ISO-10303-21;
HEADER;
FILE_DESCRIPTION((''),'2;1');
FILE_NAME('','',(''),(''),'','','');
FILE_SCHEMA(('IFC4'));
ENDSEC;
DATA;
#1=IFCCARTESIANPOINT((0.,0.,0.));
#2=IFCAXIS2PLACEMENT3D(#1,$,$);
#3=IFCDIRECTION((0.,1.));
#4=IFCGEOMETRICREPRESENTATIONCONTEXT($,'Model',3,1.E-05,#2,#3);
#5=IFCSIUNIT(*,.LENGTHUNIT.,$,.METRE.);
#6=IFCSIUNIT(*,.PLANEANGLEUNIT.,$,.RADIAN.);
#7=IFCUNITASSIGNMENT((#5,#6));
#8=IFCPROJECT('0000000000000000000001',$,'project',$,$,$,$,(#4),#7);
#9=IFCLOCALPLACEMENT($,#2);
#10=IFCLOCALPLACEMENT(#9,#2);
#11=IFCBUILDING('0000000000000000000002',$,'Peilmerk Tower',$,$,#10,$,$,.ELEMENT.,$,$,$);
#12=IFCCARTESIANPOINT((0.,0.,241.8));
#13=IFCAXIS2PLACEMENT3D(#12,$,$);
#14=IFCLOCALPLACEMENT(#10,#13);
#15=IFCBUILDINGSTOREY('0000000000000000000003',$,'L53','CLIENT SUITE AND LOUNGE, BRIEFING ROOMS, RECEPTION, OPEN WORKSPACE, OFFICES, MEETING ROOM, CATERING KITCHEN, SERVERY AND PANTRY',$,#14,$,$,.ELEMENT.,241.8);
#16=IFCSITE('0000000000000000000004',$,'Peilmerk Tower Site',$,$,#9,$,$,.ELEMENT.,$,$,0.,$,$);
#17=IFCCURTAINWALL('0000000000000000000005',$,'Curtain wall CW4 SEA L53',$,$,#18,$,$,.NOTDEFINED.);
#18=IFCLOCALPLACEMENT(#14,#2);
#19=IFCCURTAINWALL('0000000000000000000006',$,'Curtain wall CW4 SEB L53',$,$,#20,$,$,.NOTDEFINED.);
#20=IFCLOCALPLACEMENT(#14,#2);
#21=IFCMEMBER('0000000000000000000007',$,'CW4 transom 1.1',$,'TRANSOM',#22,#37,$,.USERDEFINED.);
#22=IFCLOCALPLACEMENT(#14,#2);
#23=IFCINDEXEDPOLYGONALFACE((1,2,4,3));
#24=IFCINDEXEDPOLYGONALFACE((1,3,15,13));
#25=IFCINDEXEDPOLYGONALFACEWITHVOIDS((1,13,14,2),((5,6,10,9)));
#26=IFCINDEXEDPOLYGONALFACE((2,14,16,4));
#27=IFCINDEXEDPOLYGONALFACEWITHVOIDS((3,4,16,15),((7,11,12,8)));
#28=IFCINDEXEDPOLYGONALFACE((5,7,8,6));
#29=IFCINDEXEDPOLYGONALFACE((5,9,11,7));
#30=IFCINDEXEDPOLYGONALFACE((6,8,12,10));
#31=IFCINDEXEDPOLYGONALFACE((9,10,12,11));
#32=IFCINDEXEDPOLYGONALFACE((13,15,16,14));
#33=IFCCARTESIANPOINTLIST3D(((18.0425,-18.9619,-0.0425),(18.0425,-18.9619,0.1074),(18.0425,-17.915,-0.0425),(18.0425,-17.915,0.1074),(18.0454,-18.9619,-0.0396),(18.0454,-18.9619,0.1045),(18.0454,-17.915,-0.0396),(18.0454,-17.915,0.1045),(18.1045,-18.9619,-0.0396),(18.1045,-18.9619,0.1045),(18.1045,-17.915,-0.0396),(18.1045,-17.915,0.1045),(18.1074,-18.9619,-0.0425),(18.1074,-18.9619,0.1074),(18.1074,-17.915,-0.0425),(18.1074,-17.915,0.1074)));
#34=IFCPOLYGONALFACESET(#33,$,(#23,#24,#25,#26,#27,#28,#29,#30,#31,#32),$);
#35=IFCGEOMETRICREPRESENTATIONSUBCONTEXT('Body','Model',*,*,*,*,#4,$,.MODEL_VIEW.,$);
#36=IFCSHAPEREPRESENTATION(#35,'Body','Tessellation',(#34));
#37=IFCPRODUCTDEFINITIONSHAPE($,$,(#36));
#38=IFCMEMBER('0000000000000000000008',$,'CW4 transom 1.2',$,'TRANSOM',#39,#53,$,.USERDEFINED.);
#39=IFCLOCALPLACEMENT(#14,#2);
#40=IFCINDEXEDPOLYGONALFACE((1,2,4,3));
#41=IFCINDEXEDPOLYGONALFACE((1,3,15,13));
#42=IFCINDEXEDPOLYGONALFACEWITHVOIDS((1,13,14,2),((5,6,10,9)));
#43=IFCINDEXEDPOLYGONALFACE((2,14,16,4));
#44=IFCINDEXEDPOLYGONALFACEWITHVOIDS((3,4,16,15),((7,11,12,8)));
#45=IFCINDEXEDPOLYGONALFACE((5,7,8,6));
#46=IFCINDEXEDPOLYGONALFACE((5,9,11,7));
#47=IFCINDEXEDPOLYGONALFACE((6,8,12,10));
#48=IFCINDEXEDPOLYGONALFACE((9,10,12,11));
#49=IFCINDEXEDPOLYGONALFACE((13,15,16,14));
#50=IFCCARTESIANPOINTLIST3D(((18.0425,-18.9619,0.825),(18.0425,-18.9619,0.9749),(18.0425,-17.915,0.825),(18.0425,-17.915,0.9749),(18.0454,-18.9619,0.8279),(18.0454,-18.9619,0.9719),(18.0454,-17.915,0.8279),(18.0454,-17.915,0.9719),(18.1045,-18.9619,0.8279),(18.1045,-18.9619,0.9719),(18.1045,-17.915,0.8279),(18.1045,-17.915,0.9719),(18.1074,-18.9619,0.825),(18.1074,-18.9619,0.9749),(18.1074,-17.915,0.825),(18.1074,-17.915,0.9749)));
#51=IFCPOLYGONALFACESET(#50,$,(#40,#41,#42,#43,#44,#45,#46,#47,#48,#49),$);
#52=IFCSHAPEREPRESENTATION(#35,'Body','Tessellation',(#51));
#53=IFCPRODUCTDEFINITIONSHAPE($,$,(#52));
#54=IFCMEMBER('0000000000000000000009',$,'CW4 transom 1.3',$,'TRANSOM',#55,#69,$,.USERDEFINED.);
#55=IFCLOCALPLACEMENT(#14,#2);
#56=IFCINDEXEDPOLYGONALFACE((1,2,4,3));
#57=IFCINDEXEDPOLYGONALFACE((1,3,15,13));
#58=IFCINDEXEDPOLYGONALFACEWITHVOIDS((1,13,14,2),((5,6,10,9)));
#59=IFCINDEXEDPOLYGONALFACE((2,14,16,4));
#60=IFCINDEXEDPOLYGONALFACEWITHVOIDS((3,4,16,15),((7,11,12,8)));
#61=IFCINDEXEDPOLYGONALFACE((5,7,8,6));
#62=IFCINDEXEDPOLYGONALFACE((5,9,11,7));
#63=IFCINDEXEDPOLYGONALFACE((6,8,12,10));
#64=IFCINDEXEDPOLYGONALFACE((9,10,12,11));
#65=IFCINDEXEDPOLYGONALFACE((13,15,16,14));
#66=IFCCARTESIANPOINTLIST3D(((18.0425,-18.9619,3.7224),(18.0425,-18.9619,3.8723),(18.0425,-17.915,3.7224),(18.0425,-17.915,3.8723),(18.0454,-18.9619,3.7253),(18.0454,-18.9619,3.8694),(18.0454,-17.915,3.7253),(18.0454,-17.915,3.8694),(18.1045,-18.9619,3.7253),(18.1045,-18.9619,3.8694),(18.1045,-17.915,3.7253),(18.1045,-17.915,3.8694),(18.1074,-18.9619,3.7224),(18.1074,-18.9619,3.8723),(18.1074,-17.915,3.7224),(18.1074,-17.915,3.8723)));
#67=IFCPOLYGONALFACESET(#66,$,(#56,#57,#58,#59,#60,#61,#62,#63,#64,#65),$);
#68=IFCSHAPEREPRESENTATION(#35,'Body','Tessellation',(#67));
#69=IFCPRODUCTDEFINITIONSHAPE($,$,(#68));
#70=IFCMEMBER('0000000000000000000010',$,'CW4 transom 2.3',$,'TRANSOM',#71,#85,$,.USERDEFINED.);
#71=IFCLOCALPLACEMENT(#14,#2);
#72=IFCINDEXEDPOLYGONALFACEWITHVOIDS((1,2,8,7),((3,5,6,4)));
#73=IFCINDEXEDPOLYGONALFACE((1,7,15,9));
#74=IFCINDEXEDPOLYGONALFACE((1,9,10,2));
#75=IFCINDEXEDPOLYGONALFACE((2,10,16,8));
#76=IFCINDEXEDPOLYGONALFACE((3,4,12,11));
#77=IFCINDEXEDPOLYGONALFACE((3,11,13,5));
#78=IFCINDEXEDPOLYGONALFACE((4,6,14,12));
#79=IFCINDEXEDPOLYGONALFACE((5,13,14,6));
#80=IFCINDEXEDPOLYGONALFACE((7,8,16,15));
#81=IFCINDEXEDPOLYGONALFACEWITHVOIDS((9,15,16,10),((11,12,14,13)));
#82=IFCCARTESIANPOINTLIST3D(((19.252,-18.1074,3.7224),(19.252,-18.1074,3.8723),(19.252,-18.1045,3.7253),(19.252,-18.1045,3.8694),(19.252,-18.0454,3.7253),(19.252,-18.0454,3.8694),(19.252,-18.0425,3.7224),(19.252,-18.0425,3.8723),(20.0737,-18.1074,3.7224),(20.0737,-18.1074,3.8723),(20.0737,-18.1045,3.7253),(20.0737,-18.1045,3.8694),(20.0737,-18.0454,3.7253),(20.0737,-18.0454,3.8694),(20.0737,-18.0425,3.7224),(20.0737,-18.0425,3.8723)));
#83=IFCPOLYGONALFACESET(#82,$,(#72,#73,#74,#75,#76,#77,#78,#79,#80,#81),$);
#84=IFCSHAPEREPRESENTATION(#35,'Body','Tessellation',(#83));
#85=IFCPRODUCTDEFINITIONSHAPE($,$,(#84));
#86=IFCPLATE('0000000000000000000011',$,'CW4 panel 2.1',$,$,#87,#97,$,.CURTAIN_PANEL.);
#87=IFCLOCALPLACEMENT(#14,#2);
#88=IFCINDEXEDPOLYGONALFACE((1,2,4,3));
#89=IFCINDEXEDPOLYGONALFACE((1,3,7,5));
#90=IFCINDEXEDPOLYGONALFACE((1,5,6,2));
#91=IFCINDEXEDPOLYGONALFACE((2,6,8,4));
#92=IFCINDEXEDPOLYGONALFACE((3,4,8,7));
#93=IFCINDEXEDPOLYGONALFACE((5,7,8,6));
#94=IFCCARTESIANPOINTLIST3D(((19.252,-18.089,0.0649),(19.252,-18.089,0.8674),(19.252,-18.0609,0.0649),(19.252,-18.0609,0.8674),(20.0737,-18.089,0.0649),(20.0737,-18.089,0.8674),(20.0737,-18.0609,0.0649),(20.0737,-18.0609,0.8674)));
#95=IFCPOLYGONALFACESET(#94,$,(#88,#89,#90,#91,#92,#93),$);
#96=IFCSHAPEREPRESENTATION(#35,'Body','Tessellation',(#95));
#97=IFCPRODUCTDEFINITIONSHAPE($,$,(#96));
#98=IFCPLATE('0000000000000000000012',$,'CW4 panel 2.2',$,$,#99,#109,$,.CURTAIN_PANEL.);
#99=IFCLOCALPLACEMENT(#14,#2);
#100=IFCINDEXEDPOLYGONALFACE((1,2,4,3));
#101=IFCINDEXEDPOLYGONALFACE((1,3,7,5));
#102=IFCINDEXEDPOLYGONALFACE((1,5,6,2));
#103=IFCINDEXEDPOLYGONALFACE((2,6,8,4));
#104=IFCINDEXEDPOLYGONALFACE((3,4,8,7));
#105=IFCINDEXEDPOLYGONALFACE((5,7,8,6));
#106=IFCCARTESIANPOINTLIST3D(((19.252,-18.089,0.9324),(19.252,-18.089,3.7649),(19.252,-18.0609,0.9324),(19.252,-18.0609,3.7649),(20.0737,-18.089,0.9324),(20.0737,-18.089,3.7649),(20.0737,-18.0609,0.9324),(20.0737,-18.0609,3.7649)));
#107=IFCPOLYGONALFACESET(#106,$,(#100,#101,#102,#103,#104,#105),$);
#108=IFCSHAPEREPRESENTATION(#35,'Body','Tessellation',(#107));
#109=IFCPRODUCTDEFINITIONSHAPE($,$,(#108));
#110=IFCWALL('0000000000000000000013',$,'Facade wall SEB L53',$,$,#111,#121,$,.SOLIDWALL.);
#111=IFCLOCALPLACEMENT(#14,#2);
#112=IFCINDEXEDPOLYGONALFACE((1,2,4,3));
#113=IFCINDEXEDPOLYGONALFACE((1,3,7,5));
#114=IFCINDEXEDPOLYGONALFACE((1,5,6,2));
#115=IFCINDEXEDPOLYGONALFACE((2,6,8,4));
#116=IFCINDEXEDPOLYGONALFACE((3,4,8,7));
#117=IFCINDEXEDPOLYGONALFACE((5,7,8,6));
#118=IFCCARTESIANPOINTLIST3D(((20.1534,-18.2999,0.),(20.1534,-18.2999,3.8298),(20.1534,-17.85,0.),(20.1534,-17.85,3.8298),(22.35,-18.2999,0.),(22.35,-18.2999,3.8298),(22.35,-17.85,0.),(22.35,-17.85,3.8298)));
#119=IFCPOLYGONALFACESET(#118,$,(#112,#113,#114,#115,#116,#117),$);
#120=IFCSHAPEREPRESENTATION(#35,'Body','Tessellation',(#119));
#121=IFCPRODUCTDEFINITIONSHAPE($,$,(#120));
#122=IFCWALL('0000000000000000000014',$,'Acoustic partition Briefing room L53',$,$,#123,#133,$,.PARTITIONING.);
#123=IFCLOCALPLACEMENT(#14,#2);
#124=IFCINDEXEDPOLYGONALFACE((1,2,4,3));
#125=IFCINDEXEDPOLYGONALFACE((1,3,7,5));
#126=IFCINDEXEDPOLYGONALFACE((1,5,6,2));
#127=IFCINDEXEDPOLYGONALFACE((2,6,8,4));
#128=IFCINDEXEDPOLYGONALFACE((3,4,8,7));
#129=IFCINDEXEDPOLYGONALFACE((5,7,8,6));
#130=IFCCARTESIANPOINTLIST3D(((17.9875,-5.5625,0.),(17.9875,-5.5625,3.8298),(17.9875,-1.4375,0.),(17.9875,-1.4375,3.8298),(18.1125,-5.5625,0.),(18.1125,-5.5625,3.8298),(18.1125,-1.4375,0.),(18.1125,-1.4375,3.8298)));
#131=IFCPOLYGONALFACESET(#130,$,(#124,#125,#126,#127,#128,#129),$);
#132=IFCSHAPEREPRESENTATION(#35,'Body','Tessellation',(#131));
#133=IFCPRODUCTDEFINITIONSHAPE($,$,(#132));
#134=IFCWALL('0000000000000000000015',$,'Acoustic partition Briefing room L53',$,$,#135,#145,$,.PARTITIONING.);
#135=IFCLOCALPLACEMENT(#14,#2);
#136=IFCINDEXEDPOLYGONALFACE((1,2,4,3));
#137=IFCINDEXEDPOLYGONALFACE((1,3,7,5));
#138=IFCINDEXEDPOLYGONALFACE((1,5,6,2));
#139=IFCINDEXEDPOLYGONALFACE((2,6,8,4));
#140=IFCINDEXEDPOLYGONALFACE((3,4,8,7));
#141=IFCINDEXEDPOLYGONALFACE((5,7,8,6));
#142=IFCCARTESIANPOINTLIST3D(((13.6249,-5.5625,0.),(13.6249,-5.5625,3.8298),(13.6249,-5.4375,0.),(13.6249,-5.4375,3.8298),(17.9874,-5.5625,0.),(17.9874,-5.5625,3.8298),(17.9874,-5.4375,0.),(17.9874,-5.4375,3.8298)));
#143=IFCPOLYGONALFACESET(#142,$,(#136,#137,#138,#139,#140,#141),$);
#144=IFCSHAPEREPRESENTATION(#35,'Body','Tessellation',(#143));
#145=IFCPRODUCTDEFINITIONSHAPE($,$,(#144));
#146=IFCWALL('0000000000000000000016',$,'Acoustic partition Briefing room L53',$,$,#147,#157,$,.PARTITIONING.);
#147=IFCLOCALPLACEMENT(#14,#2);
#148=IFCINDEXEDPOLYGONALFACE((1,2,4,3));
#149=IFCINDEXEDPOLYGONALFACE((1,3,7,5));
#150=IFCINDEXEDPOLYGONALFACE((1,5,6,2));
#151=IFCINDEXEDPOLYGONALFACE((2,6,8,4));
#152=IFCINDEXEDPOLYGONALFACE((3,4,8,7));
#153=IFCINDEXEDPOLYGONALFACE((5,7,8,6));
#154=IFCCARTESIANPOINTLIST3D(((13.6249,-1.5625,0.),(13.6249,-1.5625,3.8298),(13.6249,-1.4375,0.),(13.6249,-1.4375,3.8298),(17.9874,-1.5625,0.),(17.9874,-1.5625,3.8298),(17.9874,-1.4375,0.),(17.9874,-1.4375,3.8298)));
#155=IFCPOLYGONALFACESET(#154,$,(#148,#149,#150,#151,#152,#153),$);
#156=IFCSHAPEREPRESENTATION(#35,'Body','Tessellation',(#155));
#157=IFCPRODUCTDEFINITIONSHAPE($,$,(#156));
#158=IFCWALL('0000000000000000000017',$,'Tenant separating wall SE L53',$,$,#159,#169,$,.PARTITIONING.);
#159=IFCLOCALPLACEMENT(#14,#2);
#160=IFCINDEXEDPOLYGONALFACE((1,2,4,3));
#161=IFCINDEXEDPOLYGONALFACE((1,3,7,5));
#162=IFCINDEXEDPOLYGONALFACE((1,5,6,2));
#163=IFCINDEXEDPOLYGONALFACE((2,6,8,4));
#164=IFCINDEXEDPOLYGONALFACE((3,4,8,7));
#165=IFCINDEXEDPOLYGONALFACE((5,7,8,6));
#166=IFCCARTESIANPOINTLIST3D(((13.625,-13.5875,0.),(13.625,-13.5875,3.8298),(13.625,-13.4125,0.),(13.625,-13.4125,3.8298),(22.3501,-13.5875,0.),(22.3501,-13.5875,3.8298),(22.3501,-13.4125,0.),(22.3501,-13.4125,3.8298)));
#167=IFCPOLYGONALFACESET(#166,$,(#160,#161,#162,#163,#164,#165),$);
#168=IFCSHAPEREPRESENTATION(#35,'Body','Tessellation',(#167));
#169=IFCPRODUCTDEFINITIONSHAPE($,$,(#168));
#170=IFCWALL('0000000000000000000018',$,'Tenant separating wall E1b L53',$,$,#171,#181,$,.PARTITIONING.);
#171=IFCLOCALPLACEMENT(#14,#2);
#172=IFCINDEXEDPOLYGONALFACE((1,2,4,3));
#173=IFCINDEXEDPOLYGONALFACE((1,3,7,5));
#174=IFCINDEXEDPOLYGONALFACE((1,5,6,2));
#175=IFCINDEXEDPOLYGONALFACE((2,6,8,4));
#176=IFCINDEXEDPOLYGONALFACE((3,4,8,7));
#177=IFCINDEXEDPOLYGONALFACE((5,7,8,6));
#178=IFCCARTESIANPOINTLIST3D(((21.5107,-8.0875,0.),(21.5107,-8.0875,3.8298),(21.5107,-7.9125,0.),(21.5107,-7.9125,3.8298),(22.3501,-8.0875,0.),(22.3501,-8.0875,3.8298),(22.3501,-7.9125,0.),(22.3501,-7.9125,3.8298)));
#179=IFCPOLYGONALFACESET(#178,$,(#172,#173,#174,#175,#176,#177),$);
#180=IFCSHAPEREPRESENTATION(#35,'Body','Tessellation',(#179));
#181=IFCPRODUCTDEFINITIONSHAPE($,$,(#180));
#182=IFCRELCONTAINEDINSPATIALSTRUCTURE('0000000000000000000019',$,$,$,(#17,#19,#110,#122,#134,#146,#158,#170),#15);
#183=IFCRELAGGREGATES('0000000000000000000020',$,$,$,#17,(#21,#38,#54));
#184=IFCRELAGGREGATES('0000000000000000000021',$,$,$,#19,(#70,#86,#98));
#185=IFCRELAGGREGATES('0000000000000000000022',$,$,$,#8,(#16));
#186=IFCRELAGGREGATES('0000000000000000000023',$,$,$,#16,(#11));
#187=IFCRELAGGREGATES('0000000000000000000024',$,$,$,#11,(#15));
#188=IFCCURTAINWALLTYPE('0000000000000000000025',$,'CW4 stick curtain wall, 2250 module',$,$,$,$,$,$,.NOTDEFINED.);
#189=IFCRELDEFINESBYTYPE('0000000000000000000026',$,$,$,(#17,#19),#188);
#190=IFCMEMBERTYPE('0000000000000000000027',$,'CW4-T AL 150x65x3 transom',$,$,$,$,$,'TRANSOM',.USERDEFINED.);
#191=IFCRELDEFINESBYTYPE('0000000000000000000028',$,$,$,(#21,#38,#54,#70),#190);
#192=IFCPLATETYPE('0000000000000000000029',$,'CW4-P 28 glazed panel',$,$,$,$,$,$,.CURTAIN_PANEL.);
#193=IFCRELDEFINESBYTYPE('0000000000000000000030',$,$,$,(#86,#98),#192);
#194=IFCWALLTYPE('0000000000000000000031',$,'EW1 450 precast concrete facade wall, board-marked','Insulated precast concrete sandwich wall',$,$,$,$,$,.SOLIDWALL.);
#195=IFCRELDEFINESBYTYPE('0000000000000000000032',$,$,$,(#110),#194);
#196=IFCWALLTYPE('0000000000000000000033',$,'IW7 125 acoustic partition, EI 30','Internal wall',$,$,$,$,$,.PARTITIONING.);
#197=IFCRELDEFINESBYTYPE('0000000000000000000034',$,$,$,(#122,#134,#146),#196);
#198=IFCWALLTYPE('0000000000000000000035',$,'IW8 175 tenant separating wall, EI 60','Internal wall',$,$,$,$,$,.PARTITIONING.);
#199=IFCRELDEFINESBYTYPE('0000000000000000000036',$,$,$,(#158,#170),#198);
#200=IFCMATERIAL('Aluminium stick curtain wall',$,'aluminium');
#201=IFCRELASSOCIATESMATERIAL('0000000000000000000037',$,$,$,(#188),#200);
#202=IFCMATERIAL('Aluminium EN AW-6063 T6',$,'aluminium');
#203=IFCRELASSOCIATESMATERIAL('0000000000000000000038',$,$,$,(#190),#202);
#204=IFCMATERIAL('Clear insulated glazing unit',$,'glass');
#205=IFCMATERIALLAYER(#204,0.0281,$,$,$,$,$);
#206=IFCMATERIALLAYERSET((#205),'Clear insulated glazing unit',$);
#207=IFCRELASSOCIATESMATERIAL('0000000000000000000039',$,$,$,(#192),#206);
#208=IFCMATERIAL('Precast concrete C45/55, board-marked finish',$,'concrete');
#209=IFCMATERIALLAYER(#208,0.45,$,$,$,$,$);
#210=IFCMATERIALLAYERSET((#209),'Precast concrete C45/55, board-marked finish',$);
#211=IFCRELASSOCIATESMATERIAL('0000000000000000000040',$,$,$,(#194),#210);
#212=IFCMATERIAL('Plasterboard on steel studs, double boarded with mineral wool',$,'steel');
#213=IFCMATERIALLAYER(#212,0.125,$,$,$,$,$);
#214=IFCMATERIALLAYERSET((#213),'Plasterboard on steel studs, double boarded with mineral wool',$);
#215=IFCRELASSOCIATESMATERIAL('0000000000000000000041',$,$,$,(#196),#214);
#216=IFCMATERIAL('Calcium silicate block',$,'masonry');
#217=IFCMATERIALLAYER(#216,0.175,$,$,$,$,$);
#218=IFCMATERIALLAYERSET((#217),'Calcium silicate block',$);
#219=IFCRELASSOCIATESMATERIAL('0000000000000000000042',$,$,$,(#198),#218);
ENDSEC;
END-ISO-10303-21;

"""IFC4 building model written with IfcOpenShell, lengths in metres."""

from ifc_helpers import new_model, si_unit, direction, frame, frame_2d, origin, origin_2d, place, context, subcontext, project, spatial, rectangle, hollow_rectangle, extrude, material, layer, layer_set, material_profile, profile_set, type_object, element, aggregate, save


model = new_model("IFC4")

# Units and contexts
model_context = context("Model", 3, precision=1e-05, world=origin(), true_north=direction((0.0, 1.0)))
body_context = subcontext(model_context, "Body", "Model", "MODEL_VIEW")
ifc_project = project(units=[si_unit("LENGTHUNIT", "METRE"), si_unit("PLANEANGLEUNIT", "RADIAN")], contexts=[model_context])

# Site, building, storey
site_placement = place(None, origin())
site = spatial("IfcSite", under=ifc_project, at=site_placement, Name="Peilmerk Tower Site", CompositionType="ELEMENT", RefElevation=0.0)
building_placement = place(site_placement, origin())
building = spatial("IfcBuilding", under=site, at=building_placement, Name="Peilmerk Tower", CompositionType="ELEMENT")
storey_placement = place(building_placement, frame((0.0, 0.0, 241.8)))
storey = spatial("IfcBuildingStorey", under=building, at=storey_placement, Name="L53", Description="CLIENT SUITE AND LOUNGE, BRIEFING ROOMS, RECEPTION, OPEN WORKSPACE, OFFICES, MEETING ROOM, CATERING KITCHEN, SERVERY AND PANTRY", CompositionType="ELEMENT", Elevation=241.8)

# Curtain walls
ifc_material_1 = material(Name="Aluminium stick curtain wall", Category="aluminium")
curtain_wall_type = type_object("IfcCurtainWallType", Name="CW4 stick curtain wall, 2250 module", PredefinedType="NOTDEFINED", material=ifc_material_1)
curtain_wall_1_placement = place(storey_placement, origin())
curtain_wall_1 = element("IfcCurtainWall", 1, at=curtain_wall_1_placement, inside=storey, type_object=curtain_wall_type, Name="Curtain wall CW4 SEA L53", PredefinedType="NOTDEFINED")
ifc_material_2 = material(Name="Aluminium EN AW-6063 T6", Category="aluminium")
curtain_wall_2_placement = place(storey_placement, origin())
curtain_wall_2 = element("IfcCurtainWall", 2, at=curtain_wall_2_placement, inside=storey, type_object=curtain_wall_type, Name="Curtain wall CW4 SEB L53", PredefinedType="NOTDEFINED")

# Members
ifc_material_profile_1 = material_profile(ifc_material_2, hollow_rectangle(XDim=0.0649, YDim=0.1499, WallThickness=0.0029, at=origin_2d()), Name="AL 150x65x3")
ifc_profile_set_1 = profile_set([ifc_material_profile_1], Name="Aluminium EN AW-6063 T6")
member_type_1 = type_object("IfcMemberType", Name="CW4-T AL 150x65x3 transom", ElementType="TRANSOM", PredefinedType="USERDEFINED", material=ifc_profile_set_1)
member_1_placement = place(storey_placement, frame((18.075, -17.915, 0.0325), z_axis=(0.0, -1.0, 0.0), x_axis=(1.0, 0.0, 0.0)))
member_1 = element("IfcMember", 3, at=member_1_placement, type_object=member_type_1, Name="CW4 transom 1.1", ObjectType="TRANSOM", PredefinedType="USERDEFINED", context=body_context, shape_type="SweptSolid", body=[
    extrude(hollow_rectangle(XDim=0.0649, YDim=0.1499, WallThickness=0.0029, at=origin_2d()), origin(), (0.0, 0.0, 1.0), 1.0469),
])
member_2_placement = place(storey_placement, frame((18.075, -17.915, 0.8999), z_axis=(0.0, -1.0, 0.0), x_axis=(1.0, 0.0, 0.0)))
member_2 = element("IfcMember", 4, at=member_2_placement, type_object=member_type_1, Name="CW4 transom 1.2", ObjectType="TRANSOM", PredefinedType="USERDEFINED", context=body_context, shape_type="SweptSolid", body=[
    extrude(hollow_rectangle(XDim=0.0649, YDim=0.1499, WallThickness=0.0029, at=origin_2d()), origin(), (0.0, 0.0, 1.0), 1.0469),
])
member_3_placement = place(storey_placement, frame((18.075, -17.915, 3.7974), z_axis=(0.0, -1.0, 0.0), x_axis=(1.0, 0.0, 0.0)))
member_3 = element("IfcMember", 5, at=member_3_placement, type_object=member_type_1, Name="CW4 transom 1.3", ObjectType="TRANSOM", PredefinedType="USERDEFINED", context=body_context, shape_type="SweptSolid", body=[
    extrude(hollow_rectangle(XDim=0.0649, YDim=0.1499, WallThickness=0.0029, at=origin_2d()), origin(), (0.0, 0.0, 1.0), 1.0469),
])
aggregate(curtain_wall_1, [member_1, member_2, member_3])
member_4_placement = place(storey_placement, frame((19.252, -18.075, 3.7974), z_axis=(1.0, 0.0, 0.0), x_axis=(0.0, 1.0, 0.0)))
member_4 = element("IfcMember", 6, at=member_4_placement, type_object=member_type_1, Name="CW4 transom 2.3", ObjectType="TRANSOM", PredefinedType="USERDEFINED", context=body_context, shape_type="SweptSolid", body=[
    extrude(hollow_rectangle(XDim=0.0649, YDim=0.1499, WallThickness=0.0029, at=origin_2d()), origin(), (0.0, 0.0, 1.0), 0.8218),
])

# Plates
ifc_material_3 = material(Name="Clear insulated glazing unit", Category="glass")
ifc_layer_1 = layer(ifc_material_3, 0.0281)
ifc_layer_set_1 = layer_set([ifc_layer_1], Name="Clear insulated glazing unit")
plate_type = type_object("IfcPlateType", Name="CW4-P 28 glazed panel", PredefinedType="CURTAIN_PANEL", material=ifc_layer_set_1)
plate_1_placement = place(storey_placement, frame((19.6628, -18.075, 0.0649), z_axis=(0.0, 0.0, 1.0), x_axis=(1.0, 0.0, 0.0)))
plate_1 = element("IfcPlate", 7, at=plate_1_placement, type_object=plate_type, Name="CW4 panel 2.1", PredefinedType="CURTAIN_PANEL", context=body_context, shape_type="SweptSolid", body=[
    extrude(rectangle(XDim=0.8218, YDim=0.0281, at=origin_2d()), origin(), (0.0, 0.0, 1.0), 0.8025),
])
plate_2_placement = place(storey_placement, frame((19.6628, -18.075, 0.9324), z_axis=(0.0, 0.0, 1.0), x_axis=(1.0, 0.0, 0.0)))
plate_2 = element("IfcPlate", 8, at=plate_2_placement, type_object=plate_type, Name="CW4 panel 2.2", PredefinedType="CURTAIN_PANEL", context=body_context, shape_type="SweptSolid", body=[
    extrude(rectangle(XDim=0.8218, YDim=0.0281, at=origin_2d()), origin(), (0.0, 0.0, 1.0), 2.8325),
])
aggregate(curtain_wall_2, [member_4, plate_1, plate_2])

# Walls
ifc_material_4 = material(Name="Precast concrete C45/55, board-marked finish", Category="concrete")
ifc_layer_2 = layer(ifc_material_4, 0.45)
ifc_layer_set_2 = layer_set([ifc_layer_2], Name="Precast concrete C45/55, board-marked finish")
wall_type_1 = type_object("IfcWallType", Name="EW1 450 precast concrete facade wall, board-marked", Description="Insulated precast concrete sandwich wall", PredefinedType="SOLIDWALL", material=ifc_layer_set_2)
wall_1_placement = place(storey_placement, frame((20.1536, -18.075, 0.0), z_axis=(0.0, 0.0, 1.0), x_axis=(1.0, 0.0, 0.0)))
element("IfcWall", 9, at=wall_1_placement, inside=storey, type_object=wall_type_1, Name="Facade wall SEB L53", PredefinedType="SOLIDWALL", context=body_context, shape_type="SweptSolid", body=[
    extrude(rectangle(XDim=2.1965, YDim=0.45, at=frame_2d((1.0981, 0.0))), origin(), (0.0, 0.0, 1.0), 3.8298),
])
ifc_material_5 = material(Name="Plasterboard on steel studs, double boarded with mineral wool", Category="steel")
ifc_layer_3 = layer(ifc_material_5, 0.125)
ifc_layer_set_3 = layer_set([ifc_layer_3], Name="Plasterboard on steel studs, double boarded with mineral wool")
wall_type_2 = type_object("IfcWallType", Name="IW7 125 acoustic partition, EI 30", Description="Internal wall", PredefinedType="PARTITIONING", material=ifc_layer_set_3)
wall_2_placement = place(storey_placement, frame((18.05, -5.5625, 0.0), z_axis=(0.0, 0.0, 1.0), x_axis=(0.0, 1.0, 0.0)))
element("IfcWall", 10, at=wall_2_placement, inside=storey, type_object=wall_type_2, Name="Acoustic partition Briefing room L53", PredefinedType="PARTITIONING", context=body_context, shape_type="SweptSolid", body=[
    extrude(rectangle(XDim=4.125, YDim=0.125, at=frame_2d((2.0625, 0.0))), origin(), (0.0, 0.0, 1.0), 3.8298),
])
for number, where, z_axis, x_axis, name in (
    (11, (13.625, -5.5, 0.0), (0.0, 0.0, 1.0), (1.0, 0.0, 0.0), "Acoustic partition Briefing room L53"),
    (12, (13.625, -1.5, 0.0), (0.0, 0.0, 1.0), (1.0, 0.0, 0.0), "Acoustic partition Briefing room L53"),
):
    element("IfcWall", number, at=place(storey_placement, frame(where, z_axis=z_axis, x_axis=x_axis)), inside=storey, type_object=wall_type_2, Name=name, PredefinedType="PARTITIONING", context=body_context, shape_type="SweptSolid", body=[
        extrude(rectangle(XDim=4.3625, YDim=0.125, at=frame_2d((2.1812, 0.0))), origin(), (0.0, 0.0, 1.0), 3.8298),
    ])
ifc_material_6 = material(Name="Calcium silicate block", Category="masonry")
ifc_layer_4 = layer(ifc_material_6, 0.175)
ifc_layer_set_4 = layer_set([ifc_layer_4], Name="Calcium silicate block")
wall_type_3 = type_object("IfcWallType", Name="IW8 175 tenant separating wall, EI 60", Description="Internal wall", PredefinedType="PARTITIONING", material=ifc_layer_set_4)
wall_3_placement = place(storey_placement, frame((22.3501, -13.5, 0.0), z_axis=(0.0, 0.0, 1.0), x_axis=(-1.0, 0.0, 0.0)))
element("IfcWall", 13, at=wall_3_placement, inside=storey, type_object=wall_type_3, Name="Tenant separating wall SE L53", PredefinedType="PARTITIONING", context=body_context, shape_type="SweptSolid", body=[
    extrude(rectangle(XDim=8.7251, YDim=0.175, at=frame_2d((4.3625, 0.0))), origin(), (0.0, 0.0, 1.0), 3.8298),
])
wall_4_placement = place(storey_placement, frame((21.5107, -8.0, 0.0), z_axis=(0.0, 0.0, 1.0), x_axis=(1.0, 0.0, 0.0)))
element("IfcWall", 14, at=wall_4_placement, inside=storey, type_object=wall_type_3, Name="Tenant separating wall E1b L53", PredefinedType="PARTITIONING", context=body_context, shape_type="SweptSolid", body=[
    extrude(rectangle(XDim=0.8394, YDim=0.175, at=frame_2d((0.4197, 0.0))), origin(), (0.0, 0.0, 1.0), 3.8298),
])

save(model, "model.ifc")
